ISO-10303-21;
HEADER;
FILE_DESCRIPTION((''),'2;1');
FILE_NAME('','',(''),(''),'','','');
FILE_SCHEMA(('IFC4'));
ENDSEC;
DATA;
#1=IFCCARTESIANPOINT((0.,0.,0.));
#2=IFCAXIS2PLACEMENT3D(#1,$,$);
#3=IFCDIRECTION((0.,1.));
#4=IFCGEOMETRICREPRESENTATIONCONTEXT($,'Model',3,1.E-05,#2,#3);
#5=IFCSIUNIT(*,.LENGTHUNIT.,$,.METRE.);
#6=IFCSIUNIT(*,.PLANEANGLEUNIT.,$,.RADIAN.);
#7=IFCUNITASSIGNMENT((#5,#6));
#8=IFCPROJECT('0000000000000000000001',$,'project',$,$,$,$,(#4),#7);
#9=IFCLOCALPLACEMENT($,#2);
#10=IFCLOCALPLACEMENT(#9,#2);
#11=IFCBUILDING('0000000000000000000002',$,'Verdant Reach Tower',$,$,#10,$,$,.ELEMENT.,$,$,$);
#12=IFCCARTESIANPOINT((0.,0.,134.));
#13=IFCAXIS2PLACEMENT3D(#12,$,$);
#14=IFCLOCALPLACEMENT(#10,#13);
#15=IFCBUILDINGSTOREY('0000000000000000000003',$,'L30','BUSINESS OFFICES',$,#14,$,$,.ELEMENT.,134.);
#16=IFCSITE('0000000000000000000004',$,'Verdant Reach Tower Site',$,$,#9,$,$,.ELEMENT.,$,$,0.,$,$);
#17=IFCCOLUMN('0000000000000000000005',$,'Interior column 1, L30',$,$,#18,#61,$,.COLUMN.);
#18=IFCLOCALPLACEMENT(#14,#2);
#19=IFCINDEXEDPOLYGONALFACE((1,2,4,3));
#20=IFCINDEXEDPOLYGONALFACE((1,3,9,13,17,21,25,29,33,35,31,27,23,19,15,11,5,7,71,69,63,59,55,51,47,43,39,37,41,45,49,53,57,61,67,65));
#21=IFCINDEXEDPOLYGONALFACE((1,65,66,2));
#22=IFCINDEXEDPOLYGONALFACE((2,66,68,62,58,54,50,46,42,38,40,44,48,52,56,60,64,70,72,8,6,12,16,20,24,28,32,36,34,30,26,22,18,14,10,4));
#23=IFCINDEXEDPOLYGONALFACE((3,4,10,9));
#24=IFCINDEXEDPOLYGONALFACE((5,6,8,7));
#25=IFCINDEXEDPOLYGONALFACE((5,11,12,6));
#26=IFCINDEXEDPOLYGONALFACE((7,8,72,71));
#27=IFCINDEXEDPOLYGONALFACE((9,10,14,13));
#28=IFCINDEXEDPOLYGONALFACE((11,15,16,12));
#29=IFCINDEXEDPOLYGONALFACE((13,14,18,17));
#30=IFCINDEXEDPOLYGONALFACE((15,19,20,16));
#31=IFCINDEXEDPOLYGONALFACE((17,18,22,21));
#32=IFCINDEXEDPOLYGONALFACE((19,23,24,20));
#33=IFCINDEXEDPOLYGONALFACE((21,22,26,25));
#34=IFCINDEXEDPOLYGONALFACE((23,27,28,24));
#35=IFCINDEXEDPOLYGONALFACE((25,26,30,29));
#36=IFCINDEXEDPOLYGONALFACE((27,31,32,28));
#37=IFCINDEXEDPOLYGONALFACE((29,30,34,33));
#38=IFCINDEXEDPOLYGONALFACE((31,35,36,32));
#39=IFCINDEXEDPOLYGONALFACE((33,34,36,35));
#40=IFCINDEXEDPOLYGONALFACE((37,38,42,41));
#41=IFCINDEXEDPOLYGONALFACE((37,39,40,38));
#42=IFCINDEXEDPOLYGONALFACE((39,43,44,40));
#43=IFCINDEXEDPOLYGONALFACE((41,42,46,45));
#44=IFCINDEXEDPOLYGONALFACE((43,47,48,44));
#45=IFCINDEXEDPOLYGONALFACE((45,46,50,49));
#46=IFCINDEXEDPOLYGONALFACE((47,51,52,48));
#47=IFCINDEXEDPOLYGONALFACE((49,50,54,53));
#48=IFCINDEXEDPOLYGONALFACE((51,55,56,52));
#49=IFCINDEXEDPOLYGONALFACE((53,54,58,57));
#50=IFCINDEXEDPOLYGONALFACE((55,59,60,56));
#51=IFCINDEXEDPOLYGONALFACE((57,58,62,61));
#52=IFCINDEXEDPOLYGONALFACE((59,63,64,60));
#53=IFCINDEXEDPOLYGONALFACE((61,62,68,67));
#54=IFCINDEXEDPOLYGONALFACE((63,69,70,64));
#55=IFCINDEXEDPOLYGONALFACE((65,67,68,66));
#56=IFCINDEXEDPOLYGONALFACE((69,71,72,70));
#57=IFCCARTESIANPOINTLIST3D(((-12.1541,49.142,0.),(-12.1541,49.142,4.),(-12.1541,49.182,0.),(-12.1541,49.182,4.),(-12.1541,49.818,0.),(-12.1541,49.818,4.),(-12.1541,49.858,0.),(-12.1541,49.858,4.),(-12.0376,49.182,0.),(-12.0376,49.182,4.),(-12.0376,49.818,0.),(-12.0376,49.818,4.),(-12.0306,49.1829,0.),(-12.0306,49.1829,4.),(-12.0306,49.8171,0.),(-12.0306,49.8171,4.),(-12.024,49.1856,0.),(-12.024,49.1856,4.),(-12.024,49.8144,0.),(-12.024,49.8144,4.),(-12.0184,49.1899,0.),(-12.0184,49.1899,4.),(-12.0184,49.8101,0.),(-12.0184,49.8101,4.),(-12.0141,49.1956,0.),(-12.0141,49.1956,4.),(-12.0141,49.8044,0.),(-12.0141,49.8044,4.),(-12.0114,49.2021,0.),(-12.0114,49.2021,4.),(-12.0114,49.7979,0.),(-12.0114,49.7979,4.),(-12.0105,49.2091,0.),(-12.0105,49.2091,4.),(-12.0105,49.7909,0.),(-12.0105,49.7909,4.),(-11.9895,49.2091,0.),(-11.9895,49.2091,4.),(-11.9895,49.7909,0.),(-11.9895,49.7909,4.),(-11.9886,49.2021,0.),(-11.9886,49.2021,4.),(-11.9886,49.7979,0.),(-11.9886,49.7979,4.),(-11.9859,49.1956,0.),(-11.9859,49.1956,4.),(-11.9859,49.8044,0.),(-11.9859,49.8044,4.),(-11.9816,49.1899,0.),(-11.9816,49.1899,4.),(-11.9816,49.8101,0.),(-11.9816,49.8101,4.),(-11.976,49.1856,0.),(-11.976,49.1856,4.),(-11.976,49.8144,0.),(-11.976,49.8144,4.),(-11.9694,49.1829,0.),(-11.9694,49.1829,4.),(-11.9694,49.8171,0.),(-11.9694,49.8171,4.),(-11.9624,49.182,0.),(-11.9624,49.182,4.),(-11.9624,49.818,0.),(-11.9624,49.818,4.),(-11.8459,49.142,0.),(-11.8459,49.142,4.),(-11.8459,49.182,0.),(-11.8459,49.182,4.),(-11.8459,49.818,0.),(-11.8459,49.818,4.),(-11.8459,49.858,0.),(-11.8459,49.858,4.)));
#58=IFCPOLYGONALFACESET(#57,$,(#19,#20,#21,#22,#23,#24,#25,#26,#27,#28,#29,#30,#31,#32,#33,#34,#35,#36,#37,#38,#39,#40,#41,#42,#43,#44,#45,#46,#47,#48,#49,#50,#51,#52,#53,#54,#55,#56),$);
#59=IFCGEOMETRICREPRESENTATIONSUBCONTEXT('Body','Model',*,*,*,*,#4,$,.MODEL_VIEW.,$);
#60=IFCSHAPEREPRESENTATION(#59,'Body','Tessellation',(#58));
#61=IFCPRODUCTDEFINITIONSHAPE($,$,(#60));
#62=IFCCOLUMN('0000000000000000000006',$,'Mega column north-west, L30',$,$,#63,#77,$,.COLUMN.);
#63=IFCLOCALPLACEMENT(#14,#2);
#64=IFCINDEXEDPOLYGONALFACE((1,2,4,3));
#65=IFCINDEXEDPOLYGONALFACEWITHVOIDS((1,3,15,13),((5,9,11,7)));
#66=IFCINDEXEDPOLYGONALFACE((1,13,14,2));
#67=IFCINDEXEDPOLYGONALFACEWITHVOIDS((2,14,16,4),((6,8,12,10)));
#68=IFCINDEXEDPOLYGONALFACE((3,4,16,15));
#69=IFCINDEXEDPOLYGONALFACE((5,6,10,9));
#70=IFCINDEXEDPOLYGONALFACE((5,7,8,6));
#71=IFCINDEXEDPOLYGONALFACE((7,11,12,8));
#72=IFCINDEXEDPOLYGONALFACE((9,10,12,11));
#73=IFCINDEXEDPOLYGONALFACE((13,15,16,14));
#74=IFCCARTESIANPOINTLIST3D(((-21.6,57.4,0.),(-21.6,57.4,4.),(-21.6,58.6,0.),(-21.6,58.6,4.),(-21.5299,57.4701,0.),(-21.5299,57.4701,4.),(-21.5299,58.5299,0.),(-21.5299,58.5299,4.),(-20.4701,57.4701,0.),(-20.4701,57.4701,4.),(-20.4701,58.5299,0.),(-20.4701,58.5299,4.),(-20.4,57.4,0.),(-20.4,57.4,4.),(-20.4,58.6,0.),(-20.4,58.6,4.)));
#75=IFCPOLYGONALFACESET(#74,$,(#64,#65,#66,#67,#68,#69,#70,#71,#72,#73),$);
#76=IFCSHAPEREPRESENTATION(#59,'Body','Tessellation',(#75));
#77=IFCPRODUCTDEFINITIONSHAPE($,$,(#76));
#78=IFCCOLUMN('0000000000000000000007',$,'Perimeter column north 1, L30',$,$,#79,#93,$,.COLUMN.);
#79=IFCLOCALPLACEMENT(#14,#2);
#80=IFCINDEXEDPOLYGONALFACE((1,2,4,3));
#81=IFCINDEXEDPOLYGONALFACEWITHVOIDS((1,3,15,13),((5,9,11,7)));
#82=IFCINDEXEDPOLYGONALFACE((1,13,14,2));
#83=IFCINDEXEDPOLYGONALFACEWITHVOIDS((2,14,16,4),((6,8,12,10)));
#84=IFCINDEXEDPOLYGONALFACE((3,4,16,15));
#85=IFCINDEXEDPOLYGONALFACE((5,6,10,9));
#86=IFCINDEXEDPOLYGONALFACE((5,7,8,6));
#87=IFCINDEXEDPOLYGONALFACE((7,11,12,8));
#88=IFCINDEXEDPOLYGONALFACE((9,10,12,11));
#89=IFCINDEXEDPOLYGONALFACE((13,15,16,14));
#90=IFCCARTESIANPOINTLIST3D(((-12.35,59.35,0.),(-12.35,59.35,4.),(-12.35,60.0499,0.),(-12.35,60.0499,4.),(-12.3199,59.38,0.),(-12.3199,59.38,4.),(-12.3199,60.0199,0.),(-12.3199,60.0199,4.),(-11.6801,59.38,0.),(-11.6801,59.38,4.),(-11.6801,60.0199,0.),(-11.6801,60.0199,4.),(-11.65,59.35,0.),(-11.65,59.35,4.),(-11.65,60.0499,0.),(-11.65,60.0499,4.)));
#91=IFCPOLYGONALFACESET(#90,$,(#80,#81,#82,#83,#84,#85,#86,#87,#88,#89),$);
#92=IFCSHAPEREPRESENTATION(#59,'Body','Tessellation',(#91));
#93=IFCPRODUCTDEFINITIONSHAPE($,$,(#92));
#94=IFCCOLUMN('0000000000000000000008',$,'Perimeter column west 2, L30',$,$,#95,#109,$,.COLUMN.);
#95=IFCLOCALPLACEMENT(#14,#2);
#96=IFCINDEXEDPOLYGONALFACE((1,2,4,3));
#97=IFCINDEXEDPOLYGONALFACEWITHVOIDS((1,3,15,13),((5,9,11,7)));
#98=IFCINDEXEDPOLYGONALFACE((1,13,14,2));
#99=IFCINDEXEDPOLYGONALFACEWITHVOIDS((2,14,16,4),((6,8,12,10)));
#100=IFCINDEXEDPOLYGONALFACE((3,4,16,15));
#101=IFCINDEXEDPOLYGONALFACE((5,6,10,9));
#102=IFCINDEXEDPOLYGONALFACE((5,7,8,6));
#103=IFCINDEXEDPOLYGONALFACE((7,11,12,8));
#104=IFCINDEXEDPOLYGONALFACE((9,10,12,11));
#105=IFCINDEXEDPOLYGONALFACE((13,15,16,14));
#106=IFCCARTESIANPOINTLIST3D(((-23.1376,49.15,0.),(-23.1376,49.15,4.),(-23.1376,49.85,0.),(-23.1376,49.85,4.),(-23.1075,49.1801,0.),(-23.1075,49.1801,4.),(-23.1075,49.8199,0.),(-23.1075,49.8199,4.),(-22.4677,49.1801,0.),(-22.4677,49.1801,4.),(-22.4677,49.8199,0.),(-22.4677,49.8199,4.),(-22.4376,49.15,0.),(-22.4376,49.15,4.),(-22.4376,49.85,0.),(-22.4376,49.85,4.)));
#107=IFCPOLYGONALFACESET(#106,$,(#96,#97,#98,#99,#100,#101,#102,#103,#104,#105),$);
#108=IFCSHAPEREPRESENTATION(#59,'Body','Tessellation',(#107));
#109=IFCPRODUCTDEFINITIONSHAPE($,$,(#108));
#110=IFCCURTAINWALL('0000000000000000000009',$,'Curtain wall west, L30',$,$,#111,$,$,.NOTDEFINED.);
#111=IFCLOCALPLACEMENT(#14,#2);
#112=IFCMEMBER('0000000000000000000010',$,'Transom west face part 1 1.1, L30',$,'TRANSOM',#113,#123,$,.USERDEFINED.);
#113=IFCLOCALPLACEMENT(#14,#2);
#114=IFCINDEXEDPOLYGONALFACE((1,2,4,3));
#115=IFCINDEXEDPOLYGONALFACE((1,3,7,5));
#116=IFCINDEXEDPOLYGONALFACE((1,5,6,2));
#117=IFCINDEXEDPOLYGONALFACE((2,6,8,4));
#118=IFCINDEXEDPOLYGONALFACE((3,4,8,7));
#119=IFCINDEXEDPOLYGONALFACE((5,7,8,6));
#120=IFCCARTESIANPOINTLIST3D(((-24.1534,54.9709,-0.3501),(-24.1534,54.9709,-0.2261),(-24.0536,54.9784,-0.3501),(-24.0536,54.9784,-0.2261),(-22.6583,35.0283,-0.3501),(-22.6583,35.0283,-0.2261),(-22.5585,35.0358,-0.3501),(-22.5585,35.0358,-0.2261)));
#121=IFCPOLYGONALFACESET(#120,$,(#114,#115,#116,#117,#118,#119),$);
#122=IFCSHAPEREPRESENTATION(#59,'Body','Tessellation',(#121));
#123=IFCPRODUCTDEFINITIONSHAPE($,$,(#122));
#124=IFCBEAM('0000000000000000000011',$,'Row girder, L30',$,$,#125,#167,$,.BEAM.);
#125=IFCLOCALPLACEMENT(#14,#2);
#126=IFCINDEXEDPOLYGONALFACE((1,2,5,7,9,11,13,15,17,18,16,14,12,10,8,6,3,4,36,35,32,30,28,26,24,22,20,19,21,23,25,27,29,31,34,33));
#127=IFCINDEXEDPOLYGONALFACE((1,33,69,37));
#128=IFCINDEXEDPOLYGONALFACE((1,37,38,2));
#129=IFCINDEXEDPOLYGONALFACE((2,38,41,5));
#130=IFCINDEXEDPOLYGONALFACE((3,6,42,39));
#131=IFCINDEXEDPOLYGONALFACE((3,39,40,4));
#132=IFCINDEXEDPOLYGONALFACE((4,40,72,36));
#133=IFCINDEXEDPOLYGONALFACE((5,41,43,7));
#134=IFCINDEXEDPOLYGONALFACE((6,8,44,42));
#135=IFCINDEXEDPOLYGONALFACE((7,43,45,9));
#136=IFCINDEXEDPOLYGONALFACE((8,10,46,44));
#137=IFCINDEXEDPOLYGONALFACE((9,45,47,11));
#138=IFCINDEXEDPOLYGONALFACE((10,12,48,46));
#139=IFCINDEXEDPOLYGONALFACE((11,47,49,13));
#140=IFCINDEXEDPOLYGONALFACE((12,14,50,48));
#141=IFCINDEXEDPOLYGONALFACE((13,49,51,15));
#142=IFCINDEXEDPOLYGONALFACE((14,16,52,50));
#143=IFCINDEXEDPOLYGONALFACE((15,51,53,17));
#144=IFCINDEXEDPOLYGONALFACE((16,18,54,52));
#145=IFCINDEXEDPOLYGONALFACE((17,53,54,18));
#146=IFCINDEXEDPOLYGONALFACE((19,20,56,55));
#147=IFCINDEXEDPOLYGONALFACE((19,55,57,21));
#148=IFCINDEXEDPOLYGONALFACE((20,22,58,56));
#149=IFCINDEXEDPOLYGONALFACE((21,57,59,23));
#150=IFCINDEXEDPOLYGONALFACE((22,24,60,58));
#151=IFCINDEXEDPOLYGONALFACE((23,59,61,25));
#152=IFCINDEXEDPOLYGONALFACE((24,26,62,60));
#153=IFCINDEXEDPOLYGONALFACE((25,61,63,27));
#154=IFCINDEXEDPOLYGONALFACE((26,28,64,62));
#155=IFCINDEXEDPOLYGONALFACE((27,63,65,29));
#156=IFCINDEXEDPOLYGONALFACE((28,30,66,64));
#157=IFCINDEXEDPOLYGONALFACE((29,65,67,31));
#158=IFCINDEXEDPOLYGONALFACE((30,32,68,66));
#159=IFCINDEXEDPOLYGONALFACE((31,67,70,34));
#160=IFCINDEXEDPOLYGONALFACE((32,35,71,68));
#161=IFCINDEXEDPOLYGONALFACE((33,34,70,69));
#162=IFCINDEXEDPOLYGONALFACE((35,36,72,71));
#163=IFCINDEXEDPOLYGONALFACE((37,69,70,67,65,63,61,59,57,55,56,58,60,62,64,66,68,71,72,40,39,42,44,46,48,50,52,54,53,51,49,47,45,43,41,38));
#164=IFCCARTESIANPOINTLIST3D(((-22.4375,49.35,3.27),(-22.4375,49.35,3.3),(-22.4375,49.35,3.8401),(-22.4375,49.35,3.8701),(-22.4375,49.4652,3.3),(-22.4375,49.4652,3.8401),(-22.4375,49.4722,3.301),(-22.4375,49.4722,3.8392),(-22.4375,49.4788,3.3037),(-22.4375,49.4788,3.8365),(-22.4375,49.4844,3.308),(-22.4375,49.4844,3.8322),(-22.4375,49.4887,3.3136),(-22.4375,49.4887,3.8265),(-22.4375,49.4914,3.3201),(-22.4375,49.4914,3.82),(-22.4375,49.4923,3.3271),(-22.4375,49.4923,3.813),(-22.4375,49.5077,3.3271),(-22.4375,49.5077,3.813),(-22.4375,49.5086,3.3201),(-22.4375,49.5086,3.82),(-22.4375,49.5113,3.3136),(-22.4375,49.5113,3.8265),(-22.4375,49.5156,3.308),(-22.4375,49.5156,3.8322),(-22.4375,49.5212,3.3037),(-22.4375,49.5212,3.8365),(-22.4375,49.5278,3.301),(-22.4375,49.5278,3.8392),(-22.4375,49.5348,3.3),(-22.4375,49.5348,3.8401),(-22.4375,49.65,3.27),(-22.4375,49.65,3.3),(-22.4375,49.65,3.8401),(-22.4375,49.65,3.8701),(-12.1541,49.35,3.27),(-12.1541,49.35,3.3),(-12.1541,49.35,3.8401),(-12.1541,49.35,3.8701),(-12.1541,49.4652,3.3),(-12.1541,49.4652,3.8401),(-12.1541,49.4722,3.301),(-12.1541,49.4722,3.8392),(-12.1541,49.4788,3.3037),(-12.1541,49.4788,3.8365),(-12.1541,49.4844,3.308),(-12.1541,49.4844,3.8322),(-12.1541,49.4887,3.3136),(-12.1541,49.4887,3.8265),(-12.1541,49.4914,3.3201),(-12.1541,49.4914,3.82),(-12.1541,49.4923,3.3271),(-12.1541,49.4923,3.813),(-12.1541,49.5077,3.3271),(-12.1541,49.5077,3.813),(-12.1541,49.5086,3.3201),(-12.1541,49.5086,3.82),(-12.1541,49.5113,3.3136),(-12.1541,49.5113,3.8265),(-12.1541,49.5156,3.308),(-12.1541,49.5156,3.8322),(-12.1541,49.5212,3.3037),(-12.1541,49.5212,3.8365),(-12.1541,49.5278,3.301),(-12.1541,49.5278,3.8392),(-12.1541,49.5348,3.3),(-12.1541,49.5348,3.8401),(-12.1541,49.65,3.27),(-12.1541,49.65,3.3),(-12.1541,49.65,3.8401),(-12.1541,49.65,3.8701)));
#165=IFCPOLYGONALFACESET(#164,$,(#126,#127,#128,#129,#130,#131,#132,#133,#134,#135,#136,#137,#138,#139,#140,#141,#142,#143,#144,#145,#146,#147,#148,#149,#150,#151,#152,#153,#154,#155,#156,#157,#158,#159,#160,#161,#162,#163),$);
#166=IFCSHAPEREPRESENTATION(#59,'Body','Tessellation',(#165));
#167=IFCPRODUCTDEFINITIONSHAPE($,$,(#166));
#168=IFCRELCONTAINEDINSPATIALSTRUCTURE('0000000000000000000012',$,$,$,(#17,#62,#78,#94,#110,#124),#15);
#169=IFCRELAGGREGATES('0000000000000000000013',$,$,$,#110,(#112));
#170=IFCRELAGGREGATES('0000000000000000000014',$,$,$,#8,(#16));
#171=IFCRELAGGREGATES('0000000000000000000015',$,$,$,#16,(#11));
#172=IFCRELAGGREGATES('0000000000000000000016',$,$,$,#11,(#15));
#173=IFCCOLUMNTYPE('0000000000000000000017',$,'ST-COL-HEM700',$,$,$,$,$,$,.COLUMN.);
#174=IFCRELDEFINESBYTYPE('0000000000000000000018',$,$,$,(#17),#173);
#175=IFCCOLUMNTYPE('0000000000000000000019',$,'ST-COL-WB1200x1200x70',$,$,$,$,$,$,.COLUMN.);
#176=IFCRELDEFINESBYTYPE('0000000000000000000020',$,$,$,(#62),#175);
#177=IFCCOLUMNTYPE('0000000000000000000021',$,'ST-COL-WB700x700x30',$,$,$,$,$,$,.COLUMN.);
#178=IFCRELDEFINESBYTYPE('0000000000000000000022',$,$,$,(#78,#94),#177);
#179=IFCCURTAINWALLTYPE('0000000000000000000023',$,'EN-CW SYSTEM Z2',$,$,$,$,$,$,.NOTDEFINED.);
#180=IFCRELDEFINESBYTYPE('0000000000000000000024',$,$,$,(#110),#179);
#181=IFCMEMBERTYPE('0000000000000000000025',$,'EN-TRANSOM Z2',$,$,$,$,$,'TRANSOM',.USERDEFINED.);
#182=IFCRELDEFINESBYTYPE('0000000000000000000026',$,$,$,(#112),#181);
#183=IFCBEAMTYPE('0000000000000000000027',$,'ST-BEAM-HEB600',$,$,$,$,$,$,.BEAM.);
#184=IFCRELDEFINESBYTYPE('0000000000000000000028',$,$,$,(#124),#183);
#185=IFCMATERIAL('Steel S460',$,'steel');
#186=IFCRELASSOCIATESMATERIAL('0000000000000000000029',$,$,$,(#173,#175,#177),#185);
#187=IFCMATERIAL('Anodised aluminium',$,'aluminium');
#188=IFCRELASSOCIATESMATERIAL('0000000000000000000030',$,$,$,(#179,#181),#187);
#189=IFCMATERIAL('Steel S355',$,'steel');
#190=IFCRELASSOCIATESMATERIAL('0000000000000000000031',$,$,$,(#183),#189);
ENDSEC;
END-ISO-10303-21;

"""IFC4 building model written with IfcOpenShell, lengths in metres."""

from ifc_helpers import new_model, si_unit, direction, frame, origin, origin_2d, place, context, subcontext, project, spatial, rectangle, hollow_rectangle, i_section, extrude, material, material_profile, profile_set, type_object, element, aggregate, save


model = new_model("IFC4")

# Units and contexts
model_context = context("Model", 3, precision=1e-05, world=origin(), true_north=direction((0.0, 1.0)))
body_context = subcontext(model_context, "Body", "Model", "MODEL_VIEW")
ifc_project = project(units=[si_unit("LENGTHUNIT", "METRE"), si_unit("PLANEANGLEUNIT", "RADIAN")], contexts=[model_context])

# Site, building, storey
site_placement = place(None, origin())
site = spatial("IfcSite", under=ifc_project, at=site_placement, Name="Verdant Reach Tower Site", CompositionType="ELEMENT", RefElevation=0.0)
building_placement = place(site_placement, origin())
building = spatial("IfcBuilding", under=site, at=building_placement, Name="Verdant Reach Tower", CompositionType="ELEMENT")
storey_placement = place(building_placement, frame((0.0, 0.0, 134.0)))
storey = spatial("IfcBuildingStorey", under=building, at=storey_placement, Name="L30", Description="BUSINESS OFFICES", CompositionType="ELEMENT", Elevation=134.0)

# Columns
ifc_material_1 = material(Name="Steel S460", Category="steel")
ifc_material_profile_1 = material_profile(ifc_material_1, i_section(OverallWidth=0.3081, OverallDepth=0.7161, WebThickness=0.021, FlangeThickness=0.04, FilletRadius=0.0271, at=origin_2d()), Name="HEM 700")
ifc_profile_set_1 = profile_set([ifc_material_profile_1], Name="Steel S460")
column_type_1 = type_object("IfcColumnType", Name="ST-COL-HEM700", PredefinedType="COLUMN", material=ifc_profile_set_1)
column_1_placement = place(storey_placement, frame((-12.0, 49.5, 0.0), z_axis=(0.0, 0.0, 1.0), x_axis=(1.0, 0.0, 0.0)))
element("IfcColumn", 1, at=column_1_placement, inside=storey, type_object=column_type_1, Name="Interior column 1, L30", PredefinedType="COLUMN", context=body_context, shape_type="SweptSolid", body=[
    extrude(i_section(OverallWidth=0.3081, OverallDepth=0.7161, WebThickness=0.021, FlangeThickness=0.04, FilletRadius=0.0271, at=origin_2d()), origin(), (0.0, 0.0, 1.0), 4.0),
])
ifc_material_profile_2 = material_profile(ifc_material_1, hollow_rectangle(XDim=1.2, YDim=1.2, WallThickness=0.0701, at=origin_2d()), Name="WB 1200x1200x70")
ifc_profile_set_2 = profile_set([ifc_material_profile_2], Name="Steel S460")
column_type_2 = type_object("IfcColumnType", Name="ST-COL-WB1200x1200x70", PredefinedType="COLUMN", material=ifc_profile_set_2)
column_2_placement = place(storey_placement, frame((-21.0, 58.0, 0.0), z_axis=(0.0, 0.0, 1.0), x_axis=(1.0, 0.0, 0.0)))
element("IfcColumn", 2, at=column_2_placement, inside=storey, type_object=column_type_2, Name="Mega column north-west, L30", PredefinedType="COLUMN", context=body_context, shape_type="SweptSolid", body=[
    extrude(hollow_rectangle(XDim=1.2, YDim=1.2, WallThickness=0.0701, at=origin_2d()), origin(), (0.0, 0.0, 1.0), 4.0),
])
ifc_material_profile_3 = material_profile(ifc_material_1, hollow_rectangle(XDim=0.7, YDim=0.7, WallThickness=0.03, at=origin_2d()), Name="WB 700x700x30")
ifc_profile_set_3 = profile_set([ifc_material_profile_3], Name="Steel S460")
column_type_3 = type_object("IfcColumnType", Name="ST-COL-WB700x700x30", PredefinedType="COLUMN", material=ifc_profile_set_3)
for number, where, z_axis, x_axis, name in (
    (3, (-12.0, 59.7, 0.0), (0.0, 0.0, 1.0), (1.0, 0.0, 0.0), "Perimeter column north 1, L30"),
    (4, (-22.7876, 49.5, 0.0), (0.0, 0.0, 1.0), (1.0, 0.0, 0.0), "Perimeter column west 2, L30"),
):
    element("IfcColumn", number, at=place(storey_placement, frame(where, z_axis=z_axis, x_axis=x_axis)), inside=storey, type_object=column_type_3, Name=name, PredefinedType="COLUMN", context=body_context, shape_type="SweptSolid", body=[
        extrude(hollow_rectangle(XDim=0.7, YDim=0.7, WallThickness=0.03, at=origin_2d()), origin(), (0.0, 0.0, 1.0), 4.0),
    ])

# Curtain wall, member
ifc_material_2 = material(Name="Anodised aluminium", Category="aluminium")
curtain_wall_type = type_object("IfcCurtainWallType", Name="EN-CW SYSTEM Z2", PredefinedType="NOTDEFINED", material=ifc_material_2)
curtain_wall_1_placement = place(storey_placement, origin())
curtain_wall_1 = element("IfcCurtainWall", 5, at=curtain_wall_1_placement, inside=storey, type_object=curtain_wall_type, Name="Curtain wall west, L30", PredefinedType="NOTDEFINED")
ifc_material_profile_4 = material_profile(ifc_material_2, rectangle(XDim=0.1001, YDim=0.124, at=origin_2d()), Name="Transom 124x100")
ifc_profile_set_4 = profile_set([ifc_material_profile_4], Name="Anodised aluminium")
member_type = type_object("IfcMemberType", Name="EN-TRANSOM Z2", ElementType="TRANSOM", PredefinedType="USERDEFINED", material=ifc_profile_set_4)
member_placement = place(storey_placement, frame((-24.1035, 54.9746, -0.2881), z_axis=(0.074761, -0.997201, 0.0), x_axis=(0.997201, 0.074761, 0.0)))
member = element("IfcMember", 6, at=member_placement, type_object=member_type, Name="Transom west face part 1 1.1, L30", ObjectType="TRANSOM", PredefinedType="USERDEFINED", context=body_context, shape_type="SweptSolid", body=[
    extrude(rectangle(XDim=0.1001, YDim=0.124, at=origin_2d()), origin(), (0.0, 0.0, 1.0), 19.9985),
])

# Beam
ifc_material_3 = material(Name="Steel S355", Category="steel")
ifc_material_profile_5 = material_profile(ifc_material_3, i_section(OverallWidth=0.3, OverallDepth=0.6001, WebThickness=0.0154, FlangeThickness=0.03, FilletRadius=0.0271, at=origin_2d()), Name="HEB 600")
ifc_profile_set_5 = profile_set([ifc_material_profile_5], Name="Steel S355")
beam_type_1 = type_object("IfcBeamType", Name="ST-BEAM-HEB600", PredefinedType="BEAM", material=ifc_profile_set_5)
beam_1_placement = place(storey_placement, frame((-22.4375, 49.5, 3.5701), z_axis=(1.0, 0.0, 0.0), x_axis=(0.0, 1.0, 0.0)))
element("IfcBeam", 7, at=beam_1_placement, inside=storey, type_object=beam_type_1, Name="Row girder, L30", PredefinedType="BEAM", context=body_context, shape_type="SweptSolid", body=[
    extrude(i_section(OverallWidth=0.3, OverallDepth=0.6001, WebThickness=0.0154, FlangeThickness=0.03, FilletRadius=0.0271, at=origin_2d()), origin(), (0.0, 0.0, 1.0), 10.2834),
])

aggregate(curtain_wall_1, [member])

save(model, "model.ifc")
